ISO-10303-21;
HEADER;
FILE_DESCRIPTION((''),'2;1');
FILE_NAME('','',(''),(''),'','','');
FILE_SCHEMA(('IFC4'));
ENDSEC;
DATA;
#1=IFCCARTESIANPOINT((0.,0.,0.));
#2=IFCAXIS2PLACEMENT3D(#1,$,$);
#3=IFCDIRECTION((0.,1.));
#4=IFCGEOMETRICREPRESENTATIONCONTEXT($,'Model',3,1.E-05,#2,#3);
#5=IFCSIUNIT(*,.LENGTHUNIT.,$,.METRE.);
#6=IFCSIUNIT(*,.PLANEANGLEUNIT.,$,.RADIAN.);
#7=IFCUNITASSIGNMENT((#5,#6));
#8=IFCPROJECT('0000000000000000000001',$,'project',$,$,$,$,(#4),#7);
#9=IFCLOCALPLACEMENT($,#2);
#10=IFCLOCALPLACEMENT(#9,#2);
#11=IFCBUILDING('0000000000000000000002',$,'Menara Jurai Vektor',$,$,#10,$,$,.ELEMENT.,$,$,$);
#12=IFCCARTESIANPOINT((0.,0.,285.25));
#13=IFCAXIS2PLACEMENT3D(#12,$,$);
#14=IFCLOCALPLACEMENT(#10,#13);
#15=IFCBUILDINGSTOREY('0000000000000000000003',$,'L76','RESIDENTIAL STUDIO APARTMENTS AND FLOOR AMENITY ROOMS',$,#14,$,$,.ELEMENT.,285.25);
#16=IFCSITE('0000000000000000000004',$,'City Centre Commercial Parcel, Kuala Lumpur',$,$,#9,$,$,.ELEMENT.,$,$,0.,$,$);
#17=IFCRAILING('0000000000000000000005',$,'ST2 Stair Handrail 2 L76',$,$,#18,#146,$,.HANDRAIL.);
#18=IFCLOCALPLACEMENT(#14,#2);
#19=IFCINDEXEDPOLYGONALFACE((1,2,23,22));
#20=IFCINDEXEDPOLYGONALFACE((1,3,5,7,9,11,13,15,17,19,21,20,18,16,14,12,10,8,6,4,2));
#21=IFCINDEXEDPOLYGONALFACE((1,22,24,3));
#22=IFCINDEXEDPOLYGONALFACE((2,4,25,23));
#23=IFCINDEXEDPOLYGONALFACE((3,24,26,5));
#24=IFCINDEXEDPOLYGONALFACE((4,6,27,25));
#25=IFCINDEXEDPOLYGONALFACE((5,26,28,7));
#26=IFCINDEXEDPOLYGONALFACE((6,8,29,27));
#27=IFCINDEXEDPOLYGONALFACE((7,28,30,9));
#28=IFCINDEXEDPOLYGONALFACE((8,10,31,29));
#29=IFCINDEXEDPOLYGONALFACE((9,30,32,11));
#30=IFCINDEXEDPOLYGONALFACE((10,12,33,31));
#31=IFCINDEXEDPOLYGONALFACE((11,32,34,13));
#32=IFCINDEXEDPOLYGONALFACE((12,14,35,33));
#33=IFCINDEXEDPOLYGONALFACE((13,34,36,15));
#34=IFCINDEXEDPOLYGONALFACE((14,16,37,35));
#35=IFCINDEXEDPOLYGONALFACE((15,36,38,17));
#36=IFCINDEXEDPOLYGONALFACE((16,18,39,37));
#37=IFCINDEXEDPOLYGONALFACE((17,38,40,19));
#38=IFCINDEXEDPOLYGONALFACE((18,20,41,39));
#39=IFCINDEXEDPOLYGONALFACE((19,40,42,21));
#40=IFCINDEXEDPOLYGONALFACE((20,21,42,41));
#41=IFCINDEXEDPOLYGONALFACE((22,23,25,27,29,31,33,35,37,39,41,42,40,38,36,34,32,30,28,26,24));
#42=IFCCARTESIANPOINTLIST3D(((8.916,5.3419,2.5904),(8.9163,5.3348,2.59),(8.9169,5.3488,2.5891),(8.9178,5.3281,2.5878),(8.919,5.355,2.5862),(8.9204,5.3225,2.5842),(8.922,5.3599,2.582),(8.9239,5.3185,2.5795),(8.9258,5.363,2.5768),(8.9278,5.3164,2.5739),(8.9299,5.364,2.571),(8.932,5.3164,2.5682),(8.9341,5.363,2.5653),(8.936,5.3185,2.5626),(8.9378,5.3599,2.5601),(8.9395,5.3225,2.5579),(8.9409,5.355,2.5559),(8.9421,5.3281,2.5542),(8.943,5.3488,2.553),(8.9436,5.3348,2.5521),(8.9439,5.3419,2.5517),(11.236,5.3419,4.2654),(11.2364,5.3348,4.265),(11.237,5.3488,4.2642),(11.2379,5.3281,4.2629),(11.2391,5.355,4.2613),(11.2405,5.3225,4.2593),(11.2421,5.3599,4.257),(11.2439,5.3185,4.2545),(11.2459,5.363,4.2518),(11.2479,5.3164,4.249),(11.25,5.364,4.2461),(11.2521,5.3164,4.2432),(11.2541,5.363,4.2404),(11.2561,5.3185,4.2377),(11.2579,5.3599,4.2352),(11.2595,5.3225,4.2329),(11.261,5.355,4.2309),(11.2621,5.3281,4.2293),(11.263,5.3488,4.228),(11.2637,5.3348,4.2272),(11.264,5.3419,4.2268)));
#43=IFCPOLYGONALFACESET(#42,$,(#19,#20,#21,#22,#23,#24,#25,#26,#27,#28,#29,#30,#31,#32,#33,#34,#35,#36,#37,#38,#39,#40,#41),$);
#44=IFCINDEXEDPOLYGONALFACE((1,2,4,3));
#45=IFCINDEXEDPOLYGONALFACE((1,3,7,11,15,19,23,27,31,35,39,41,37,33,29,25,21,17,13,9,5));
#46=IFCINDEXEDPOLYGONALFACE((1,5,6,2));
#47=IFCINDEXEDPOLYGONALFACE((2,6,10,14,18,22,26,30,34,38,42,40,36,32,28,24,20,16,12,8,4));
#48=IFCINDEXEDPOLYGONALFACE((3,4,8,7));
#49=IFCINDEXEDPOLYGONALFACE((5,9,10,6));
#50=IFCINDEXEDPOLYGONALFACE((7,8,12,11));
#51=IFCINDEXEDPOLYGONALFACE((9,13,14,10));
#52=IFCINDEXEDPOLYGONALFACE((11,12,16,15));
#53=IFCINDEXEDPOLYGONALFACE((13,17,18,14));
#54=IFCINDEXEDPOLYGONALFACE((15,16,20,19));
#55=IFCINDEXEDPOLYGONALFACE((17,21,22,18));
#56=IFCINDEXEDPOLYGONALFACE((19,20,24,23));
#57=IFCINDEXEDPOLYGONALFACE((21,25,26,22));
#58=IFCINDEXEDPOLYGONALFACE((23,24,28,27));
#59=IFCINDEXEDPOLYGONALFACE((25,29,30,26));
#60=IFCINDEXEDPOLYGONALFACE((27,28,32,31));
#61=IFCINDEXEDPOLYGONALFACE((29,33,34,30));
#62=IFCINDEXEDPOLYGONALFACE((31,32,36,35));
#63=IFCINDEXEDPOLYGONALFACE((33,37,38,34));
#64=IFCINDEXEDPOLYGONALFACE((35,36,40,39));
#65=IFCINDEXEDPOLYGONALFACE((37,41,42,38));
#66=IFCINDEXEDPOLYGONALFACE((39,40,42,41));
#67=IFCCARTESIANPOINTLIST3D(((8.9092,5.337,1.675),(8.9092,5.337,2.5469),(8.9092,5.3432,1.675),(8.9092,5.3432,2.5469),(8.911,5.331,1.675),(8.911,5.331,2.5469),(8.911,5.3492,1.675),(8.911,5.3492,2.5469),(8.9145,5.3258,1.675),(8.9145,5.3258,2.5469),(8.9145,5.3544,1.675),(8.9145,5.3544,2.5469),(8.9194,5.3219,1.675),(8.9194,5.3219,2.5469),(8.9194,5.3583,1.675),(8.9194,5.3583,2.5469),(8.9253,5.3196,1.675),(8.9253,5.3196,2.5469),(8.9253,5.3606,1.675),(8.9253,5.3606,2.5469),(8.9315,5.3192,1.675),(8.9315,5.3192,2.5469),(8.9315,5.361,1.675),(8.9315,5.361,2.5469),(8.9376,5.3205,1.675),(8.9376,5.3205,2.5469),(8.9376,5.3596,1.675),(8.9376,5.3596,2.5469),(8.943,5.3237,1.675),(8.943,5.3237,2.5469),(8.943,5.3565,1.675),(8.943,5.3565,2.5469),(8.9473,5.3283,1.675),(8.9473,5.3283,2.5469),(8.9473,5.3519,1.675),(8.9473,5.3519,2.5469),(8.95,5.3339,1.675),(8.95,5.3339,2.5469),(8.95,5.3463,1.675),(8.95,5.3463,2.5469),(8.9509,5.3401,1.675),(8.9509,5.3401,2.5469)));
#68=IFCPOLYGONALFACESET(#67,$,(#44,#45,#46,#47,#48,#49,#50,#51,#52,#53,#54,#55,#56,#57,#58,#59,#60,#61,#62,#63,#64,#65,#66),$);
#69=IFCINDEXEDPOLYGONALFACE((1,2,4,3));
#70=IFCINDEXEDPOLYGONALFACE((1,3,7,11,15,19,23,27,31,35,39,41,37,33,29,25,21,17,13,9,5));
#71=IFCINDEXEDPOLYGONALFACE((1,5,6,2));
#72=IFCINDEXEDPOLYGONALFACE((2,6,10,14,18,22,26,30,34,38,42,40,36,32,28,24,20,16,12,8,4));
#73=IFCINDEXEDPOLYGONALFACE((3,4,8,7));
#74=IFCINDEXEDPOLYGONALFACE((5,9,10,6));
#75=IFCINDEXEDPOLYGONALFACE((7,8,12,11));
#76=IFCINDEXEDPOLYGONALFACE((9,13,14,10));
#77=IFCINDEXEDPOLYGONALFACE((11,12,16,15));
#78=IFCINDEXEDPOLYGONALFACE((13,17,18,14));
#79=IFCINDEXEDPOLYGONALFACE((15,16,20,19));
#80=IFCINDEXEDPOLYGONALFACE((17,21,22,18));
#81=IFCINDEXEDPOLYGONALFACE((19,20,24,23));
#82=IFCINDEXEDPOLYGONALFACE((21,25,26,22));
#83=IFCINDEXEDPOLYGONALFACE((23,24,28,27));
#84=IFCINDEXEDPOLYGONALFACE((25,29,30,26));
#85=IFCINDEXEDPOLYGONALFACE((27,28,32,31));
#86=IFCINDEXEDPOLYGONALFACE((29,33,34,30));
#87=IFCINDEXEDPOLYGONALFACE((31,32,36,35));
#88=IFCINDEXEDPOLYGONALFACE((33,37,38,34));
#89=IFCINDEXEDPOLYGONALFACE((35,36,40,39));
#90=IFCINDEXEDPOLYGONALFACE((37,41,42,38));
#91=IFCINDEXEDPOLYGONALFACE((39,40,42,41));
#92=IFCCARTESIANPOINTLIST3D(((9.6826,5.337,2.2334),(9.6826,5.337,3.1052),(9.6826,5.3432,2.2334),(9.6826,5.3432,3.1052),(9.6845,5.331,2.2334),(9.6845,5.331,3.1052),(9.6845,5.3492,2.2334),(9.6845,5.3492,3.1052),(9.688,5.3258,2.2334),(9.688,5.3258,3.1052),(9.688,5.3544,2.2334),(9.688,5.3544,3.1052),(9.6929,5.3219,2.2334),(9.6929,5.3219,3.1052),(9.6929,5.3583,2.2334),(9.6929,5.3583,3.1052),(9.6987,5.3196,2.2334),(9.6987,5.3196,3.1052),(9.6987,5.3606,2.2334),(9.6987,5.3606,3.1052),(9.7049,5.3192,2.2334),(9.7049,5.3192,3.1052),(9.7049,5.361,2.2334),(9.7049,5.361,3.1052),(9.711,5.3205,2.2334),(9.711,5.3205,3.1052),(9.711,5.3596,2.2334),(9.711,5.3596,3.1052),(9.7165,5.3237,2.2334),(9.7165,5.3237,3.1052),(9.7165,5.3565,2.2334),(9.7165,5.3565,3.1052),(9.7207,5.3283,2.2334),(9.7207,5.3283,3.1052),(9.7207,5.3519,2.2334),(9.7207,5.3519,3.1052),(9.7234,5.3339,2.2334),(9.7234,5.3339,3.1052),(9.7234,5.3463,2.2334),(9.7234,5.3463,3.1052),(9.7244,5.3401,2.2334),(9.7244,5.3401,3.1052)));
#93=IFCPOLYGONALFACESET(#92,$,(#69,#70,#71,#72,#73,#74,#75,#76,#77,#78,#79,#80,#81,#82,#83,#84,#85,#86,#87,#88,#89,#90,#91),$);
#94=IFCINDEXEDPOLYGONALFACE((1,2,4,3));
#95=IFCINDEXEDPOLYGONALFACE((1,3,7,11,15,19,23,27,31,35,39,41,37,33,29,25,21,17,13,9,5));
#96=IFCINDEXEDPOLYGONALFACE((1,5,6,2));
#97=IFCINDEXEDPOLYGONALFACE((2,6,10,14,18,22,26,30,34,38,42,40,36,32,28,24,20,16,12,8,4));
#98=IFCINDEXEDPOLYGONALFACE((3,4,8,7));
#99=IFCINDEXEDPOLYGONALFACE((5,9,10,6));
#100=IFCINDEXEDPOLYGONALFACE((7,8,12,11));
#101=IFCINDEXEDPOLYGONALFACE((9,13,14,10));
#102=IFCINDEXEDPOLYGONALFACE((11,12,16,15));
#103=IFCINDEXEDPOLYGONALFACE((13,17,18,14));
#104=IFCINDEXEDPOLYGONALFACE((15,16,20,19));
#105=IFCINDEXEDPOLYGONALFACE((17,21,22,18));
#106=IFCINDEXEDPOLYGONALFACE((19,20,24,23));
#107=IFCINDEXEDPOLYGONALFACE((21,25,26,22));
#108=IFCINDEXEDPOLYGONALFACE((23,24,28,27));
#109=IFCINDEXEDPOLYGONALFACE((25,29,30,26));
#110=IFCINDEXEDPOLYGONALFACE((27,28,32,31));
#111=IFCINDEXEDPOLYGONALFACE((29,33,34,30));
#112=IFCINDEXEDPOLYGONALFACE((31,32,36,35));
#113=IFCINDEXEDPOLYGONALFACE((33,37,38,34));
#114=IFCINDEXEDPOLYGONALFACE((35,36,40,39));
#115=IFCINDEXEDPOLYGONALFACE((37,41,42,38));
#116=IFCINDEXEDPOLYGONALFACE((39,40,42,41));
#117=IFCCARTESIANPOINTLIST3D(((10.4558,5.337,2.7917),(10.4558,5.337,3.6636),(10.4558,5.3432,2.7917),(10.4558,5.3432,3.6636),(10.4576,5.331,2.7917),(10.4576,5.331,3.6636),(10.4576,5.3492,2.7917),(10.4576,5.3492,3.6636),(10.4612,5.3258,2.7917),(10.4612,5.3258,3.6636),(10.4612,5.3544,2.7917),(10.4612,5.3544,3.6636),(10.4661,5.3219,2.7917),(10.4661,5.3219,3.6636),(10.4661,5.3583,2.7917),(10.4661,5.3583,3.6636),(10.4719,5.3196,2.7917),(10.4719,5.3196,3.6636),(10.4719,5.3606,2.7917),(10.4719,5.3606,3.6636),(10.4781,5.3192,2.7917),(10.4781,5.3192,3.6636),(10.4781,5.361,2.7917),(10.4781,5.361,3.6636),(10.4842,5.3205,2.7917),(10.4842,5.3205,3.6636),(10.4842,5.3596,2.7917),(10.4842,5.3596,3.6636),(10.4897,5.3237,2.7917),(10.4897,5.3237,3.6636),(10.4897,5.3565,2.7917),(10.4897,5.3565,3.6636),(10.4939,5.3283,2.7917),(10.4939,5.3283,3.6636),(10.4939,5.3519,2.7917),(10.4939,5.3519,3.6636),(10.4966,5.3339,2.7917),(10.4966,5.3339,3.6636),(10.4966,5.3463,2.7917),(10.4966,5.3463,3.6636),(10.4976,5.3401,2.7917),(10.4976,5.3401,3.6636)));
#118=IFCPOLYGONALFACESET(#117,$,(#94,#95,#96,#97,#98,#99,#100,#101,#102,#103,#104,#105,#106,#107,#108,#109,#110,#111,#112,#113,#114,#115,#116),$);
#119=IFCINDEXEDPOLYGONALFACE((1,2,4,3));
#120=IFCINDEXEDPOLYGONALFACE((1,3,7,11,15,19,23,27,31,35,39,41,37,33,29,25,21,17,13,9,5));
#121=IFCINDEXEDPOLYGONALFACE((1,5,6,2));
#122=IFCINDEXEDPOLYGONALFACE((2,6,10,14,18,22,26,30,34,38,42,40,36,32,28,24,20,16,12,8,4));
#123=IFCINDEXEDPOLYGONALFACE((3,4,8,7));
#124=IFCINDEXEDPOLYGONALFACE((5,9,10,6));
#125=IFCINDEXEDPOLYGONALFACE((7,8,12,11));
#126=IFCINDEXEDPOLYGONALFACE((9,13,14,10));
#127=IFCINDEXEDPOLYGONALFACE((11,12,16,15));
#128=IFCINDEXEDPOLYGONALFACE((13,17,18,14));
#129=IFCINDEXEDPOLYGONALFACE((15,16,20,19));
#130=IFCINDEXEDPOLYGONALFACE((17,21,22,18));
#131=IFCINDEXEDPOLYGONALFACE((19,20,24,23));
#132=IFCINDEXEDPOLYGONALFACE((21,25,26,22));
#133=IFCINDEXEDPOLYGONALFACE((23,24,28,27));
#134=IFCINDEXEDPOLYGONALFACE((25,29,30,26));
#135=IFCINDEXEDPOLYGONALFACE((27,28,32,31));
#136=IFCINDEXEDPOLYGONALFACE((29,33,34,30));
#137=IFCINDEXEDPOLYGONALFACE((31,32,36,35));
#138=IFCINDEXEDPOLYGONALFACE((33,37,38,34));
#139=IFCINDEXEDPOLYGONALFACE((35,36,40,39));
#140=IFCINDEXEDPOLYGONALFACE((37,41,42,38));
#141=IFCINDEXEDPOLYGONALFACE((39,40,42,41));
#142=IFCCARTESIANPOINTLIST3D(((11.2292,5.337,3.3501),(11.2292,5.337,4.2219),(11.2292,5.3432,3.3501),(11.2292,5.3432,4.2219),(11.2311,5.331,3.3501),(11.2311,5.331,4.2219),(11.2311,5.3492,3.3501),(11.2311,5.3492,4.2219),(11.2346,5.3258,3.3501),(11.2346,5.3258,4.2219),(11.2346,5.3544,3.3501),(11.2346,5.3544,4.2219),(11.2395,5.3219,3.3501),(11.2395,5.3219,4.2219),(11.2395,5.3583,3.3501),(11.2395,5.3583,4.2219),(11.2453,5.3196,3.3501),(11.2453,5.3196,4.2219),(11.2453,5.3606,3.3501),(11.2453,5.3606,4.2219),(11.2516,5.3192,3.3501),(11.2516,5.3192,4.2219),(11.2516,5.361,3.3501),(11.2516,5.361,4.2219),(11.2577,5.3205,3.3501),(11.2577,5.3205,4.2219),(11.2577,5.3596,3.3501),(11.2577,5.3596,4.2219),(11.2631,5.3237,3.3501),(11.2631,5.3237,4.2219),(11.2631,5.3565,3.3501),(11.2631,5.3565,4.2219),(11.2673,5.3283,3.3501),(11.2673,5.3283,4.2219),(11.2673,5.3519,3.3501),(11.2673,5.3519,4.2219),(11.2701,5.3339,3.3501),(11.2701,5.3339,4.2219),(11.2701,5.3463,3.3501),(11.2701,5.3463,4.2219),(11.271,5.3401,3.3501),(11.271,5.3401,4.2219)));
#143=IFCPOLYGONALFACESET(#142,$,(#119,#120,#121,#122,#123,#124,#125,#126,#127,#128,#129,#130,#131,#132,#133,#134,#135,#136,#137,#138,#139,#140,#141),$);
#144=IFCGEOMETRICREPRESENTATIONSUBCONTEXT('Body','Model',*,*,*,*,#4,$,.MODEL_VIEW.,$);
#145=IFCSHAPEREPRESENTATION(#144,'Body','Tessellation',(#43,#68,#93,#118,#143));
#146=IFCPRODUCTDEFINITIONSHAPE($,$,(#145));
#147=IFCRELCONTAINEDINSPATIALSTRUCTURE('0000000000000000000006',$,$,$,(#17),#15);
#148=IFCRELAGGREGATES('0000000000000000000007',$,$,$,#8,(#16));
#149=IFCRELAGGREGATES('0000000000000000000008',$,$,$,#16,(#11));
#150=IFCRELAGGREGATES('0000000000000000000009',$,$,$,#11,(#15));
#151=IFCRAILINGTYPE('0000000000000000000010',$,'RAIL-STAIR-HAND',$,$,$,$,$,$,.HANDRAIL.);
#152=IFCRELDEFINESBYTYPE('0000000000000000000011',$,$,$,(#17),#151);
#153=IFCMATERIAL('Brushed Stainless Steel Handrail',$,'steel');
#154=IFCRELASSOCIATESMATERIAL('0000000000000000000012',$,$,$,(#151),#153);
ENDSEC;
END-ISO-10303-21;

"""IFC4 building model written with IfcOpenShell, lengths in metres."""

from ifc_helpers import new_model, si_unit, direction, frame, origin, origin_2d, place, context, subcontext, project, spatial, circle, extrude, material, type_object, element, save


model = new_model("IFC4")

# Units and contexts
model_context = context("Model", 3, precision=1e-05, world=origin(), true_north=direction((0.0, 1.0)))
body_context = subcontext(model_context, "Body", "Model", "MODEL_VIEW")
ifc_project = project(units=[si_unit("LENGTHUNIT", "METRE"), si_unit("PLANEANGLEUNIT", "RADIAN")], contexts=[model_context])

# Site, building, storey
site_placement = place(None, origin())
site = spatial("IfcSite", under=ifc_project, at=site_placement, Name="City Centre Commercial Parcel, Kuala Lumpur", CompositionType="ELEMENT", RefElevation=0.0)
building_placement = place(site_placement, origin())
building = spatial("IfcBuilding", under=site, at=building_placement, Name="Menara Jurai Vektor", CompositionType="ELEMENT")
storey_placement = place(building_placement, frame((0.0, 0.0, 285.25)))
storey = spatial("IfcBuildingStorey", under=building, at=storey_placement, Name="L76", Description="RESIDENTIAL STUDIO APARTMENTS AND FLOOR AMENITY ROOMS", CompositionType="ELEMENT", Elevation=285.25)

# Railing
ifc_material_1 = material(Name="Brushed Stainless Steel Handrail", Category="steel")
railing_type_1 = type_object("IfcRailingType", Name="RAIL-STAIR-HAND", PredefinedType="HANDRAIL", material=ifc_material_1)
railing_1_placement = place(storey_placement, frame((8.9299, 5.3401, 1.675)))
element("IfcRailing", 1, at=railing_1_placement, inside=storey, type_object=railing_type_1, Name="ST2 Stair Handrail 2 L76", PredefinedType="HANDRAIL", context=body_context, shape_type="SweptSolid", body=[
    extrude(circle(Radius=0.0239, at=origin_2d()), frame((0.0, 0.0, 0.896), z_axis=(0.810771, 0.0, 0.585363), x_axis=(0.0, 1.0, 0.0)), (0.0, 0.0, 1.0), 2.8616),
    extrude(circle(Radius=0.021, at=origin_2d()), origin(), (0.0, 0.0, 1.0), 0.8718),
    extrude(circle(Radius=0.021, at=origin_2d()), frame((0.7734, 0.0, 0.5583)), (0.0, 0.0, 1.0), 0.8718),
    extrude(circle(Radius=0.021, at=origin_2d()), frame((1.5466, 0.0, 1.1167)), (0.0, 0.0, 1.0), 0.8718),
    extrude(circle(Radius=0.021, at=origin_2d()), frame((2.3201, 0.0, 1.675)), (0.0, 0.0, 1.0), 0.8718),
])

save(model, "model.ifc")
